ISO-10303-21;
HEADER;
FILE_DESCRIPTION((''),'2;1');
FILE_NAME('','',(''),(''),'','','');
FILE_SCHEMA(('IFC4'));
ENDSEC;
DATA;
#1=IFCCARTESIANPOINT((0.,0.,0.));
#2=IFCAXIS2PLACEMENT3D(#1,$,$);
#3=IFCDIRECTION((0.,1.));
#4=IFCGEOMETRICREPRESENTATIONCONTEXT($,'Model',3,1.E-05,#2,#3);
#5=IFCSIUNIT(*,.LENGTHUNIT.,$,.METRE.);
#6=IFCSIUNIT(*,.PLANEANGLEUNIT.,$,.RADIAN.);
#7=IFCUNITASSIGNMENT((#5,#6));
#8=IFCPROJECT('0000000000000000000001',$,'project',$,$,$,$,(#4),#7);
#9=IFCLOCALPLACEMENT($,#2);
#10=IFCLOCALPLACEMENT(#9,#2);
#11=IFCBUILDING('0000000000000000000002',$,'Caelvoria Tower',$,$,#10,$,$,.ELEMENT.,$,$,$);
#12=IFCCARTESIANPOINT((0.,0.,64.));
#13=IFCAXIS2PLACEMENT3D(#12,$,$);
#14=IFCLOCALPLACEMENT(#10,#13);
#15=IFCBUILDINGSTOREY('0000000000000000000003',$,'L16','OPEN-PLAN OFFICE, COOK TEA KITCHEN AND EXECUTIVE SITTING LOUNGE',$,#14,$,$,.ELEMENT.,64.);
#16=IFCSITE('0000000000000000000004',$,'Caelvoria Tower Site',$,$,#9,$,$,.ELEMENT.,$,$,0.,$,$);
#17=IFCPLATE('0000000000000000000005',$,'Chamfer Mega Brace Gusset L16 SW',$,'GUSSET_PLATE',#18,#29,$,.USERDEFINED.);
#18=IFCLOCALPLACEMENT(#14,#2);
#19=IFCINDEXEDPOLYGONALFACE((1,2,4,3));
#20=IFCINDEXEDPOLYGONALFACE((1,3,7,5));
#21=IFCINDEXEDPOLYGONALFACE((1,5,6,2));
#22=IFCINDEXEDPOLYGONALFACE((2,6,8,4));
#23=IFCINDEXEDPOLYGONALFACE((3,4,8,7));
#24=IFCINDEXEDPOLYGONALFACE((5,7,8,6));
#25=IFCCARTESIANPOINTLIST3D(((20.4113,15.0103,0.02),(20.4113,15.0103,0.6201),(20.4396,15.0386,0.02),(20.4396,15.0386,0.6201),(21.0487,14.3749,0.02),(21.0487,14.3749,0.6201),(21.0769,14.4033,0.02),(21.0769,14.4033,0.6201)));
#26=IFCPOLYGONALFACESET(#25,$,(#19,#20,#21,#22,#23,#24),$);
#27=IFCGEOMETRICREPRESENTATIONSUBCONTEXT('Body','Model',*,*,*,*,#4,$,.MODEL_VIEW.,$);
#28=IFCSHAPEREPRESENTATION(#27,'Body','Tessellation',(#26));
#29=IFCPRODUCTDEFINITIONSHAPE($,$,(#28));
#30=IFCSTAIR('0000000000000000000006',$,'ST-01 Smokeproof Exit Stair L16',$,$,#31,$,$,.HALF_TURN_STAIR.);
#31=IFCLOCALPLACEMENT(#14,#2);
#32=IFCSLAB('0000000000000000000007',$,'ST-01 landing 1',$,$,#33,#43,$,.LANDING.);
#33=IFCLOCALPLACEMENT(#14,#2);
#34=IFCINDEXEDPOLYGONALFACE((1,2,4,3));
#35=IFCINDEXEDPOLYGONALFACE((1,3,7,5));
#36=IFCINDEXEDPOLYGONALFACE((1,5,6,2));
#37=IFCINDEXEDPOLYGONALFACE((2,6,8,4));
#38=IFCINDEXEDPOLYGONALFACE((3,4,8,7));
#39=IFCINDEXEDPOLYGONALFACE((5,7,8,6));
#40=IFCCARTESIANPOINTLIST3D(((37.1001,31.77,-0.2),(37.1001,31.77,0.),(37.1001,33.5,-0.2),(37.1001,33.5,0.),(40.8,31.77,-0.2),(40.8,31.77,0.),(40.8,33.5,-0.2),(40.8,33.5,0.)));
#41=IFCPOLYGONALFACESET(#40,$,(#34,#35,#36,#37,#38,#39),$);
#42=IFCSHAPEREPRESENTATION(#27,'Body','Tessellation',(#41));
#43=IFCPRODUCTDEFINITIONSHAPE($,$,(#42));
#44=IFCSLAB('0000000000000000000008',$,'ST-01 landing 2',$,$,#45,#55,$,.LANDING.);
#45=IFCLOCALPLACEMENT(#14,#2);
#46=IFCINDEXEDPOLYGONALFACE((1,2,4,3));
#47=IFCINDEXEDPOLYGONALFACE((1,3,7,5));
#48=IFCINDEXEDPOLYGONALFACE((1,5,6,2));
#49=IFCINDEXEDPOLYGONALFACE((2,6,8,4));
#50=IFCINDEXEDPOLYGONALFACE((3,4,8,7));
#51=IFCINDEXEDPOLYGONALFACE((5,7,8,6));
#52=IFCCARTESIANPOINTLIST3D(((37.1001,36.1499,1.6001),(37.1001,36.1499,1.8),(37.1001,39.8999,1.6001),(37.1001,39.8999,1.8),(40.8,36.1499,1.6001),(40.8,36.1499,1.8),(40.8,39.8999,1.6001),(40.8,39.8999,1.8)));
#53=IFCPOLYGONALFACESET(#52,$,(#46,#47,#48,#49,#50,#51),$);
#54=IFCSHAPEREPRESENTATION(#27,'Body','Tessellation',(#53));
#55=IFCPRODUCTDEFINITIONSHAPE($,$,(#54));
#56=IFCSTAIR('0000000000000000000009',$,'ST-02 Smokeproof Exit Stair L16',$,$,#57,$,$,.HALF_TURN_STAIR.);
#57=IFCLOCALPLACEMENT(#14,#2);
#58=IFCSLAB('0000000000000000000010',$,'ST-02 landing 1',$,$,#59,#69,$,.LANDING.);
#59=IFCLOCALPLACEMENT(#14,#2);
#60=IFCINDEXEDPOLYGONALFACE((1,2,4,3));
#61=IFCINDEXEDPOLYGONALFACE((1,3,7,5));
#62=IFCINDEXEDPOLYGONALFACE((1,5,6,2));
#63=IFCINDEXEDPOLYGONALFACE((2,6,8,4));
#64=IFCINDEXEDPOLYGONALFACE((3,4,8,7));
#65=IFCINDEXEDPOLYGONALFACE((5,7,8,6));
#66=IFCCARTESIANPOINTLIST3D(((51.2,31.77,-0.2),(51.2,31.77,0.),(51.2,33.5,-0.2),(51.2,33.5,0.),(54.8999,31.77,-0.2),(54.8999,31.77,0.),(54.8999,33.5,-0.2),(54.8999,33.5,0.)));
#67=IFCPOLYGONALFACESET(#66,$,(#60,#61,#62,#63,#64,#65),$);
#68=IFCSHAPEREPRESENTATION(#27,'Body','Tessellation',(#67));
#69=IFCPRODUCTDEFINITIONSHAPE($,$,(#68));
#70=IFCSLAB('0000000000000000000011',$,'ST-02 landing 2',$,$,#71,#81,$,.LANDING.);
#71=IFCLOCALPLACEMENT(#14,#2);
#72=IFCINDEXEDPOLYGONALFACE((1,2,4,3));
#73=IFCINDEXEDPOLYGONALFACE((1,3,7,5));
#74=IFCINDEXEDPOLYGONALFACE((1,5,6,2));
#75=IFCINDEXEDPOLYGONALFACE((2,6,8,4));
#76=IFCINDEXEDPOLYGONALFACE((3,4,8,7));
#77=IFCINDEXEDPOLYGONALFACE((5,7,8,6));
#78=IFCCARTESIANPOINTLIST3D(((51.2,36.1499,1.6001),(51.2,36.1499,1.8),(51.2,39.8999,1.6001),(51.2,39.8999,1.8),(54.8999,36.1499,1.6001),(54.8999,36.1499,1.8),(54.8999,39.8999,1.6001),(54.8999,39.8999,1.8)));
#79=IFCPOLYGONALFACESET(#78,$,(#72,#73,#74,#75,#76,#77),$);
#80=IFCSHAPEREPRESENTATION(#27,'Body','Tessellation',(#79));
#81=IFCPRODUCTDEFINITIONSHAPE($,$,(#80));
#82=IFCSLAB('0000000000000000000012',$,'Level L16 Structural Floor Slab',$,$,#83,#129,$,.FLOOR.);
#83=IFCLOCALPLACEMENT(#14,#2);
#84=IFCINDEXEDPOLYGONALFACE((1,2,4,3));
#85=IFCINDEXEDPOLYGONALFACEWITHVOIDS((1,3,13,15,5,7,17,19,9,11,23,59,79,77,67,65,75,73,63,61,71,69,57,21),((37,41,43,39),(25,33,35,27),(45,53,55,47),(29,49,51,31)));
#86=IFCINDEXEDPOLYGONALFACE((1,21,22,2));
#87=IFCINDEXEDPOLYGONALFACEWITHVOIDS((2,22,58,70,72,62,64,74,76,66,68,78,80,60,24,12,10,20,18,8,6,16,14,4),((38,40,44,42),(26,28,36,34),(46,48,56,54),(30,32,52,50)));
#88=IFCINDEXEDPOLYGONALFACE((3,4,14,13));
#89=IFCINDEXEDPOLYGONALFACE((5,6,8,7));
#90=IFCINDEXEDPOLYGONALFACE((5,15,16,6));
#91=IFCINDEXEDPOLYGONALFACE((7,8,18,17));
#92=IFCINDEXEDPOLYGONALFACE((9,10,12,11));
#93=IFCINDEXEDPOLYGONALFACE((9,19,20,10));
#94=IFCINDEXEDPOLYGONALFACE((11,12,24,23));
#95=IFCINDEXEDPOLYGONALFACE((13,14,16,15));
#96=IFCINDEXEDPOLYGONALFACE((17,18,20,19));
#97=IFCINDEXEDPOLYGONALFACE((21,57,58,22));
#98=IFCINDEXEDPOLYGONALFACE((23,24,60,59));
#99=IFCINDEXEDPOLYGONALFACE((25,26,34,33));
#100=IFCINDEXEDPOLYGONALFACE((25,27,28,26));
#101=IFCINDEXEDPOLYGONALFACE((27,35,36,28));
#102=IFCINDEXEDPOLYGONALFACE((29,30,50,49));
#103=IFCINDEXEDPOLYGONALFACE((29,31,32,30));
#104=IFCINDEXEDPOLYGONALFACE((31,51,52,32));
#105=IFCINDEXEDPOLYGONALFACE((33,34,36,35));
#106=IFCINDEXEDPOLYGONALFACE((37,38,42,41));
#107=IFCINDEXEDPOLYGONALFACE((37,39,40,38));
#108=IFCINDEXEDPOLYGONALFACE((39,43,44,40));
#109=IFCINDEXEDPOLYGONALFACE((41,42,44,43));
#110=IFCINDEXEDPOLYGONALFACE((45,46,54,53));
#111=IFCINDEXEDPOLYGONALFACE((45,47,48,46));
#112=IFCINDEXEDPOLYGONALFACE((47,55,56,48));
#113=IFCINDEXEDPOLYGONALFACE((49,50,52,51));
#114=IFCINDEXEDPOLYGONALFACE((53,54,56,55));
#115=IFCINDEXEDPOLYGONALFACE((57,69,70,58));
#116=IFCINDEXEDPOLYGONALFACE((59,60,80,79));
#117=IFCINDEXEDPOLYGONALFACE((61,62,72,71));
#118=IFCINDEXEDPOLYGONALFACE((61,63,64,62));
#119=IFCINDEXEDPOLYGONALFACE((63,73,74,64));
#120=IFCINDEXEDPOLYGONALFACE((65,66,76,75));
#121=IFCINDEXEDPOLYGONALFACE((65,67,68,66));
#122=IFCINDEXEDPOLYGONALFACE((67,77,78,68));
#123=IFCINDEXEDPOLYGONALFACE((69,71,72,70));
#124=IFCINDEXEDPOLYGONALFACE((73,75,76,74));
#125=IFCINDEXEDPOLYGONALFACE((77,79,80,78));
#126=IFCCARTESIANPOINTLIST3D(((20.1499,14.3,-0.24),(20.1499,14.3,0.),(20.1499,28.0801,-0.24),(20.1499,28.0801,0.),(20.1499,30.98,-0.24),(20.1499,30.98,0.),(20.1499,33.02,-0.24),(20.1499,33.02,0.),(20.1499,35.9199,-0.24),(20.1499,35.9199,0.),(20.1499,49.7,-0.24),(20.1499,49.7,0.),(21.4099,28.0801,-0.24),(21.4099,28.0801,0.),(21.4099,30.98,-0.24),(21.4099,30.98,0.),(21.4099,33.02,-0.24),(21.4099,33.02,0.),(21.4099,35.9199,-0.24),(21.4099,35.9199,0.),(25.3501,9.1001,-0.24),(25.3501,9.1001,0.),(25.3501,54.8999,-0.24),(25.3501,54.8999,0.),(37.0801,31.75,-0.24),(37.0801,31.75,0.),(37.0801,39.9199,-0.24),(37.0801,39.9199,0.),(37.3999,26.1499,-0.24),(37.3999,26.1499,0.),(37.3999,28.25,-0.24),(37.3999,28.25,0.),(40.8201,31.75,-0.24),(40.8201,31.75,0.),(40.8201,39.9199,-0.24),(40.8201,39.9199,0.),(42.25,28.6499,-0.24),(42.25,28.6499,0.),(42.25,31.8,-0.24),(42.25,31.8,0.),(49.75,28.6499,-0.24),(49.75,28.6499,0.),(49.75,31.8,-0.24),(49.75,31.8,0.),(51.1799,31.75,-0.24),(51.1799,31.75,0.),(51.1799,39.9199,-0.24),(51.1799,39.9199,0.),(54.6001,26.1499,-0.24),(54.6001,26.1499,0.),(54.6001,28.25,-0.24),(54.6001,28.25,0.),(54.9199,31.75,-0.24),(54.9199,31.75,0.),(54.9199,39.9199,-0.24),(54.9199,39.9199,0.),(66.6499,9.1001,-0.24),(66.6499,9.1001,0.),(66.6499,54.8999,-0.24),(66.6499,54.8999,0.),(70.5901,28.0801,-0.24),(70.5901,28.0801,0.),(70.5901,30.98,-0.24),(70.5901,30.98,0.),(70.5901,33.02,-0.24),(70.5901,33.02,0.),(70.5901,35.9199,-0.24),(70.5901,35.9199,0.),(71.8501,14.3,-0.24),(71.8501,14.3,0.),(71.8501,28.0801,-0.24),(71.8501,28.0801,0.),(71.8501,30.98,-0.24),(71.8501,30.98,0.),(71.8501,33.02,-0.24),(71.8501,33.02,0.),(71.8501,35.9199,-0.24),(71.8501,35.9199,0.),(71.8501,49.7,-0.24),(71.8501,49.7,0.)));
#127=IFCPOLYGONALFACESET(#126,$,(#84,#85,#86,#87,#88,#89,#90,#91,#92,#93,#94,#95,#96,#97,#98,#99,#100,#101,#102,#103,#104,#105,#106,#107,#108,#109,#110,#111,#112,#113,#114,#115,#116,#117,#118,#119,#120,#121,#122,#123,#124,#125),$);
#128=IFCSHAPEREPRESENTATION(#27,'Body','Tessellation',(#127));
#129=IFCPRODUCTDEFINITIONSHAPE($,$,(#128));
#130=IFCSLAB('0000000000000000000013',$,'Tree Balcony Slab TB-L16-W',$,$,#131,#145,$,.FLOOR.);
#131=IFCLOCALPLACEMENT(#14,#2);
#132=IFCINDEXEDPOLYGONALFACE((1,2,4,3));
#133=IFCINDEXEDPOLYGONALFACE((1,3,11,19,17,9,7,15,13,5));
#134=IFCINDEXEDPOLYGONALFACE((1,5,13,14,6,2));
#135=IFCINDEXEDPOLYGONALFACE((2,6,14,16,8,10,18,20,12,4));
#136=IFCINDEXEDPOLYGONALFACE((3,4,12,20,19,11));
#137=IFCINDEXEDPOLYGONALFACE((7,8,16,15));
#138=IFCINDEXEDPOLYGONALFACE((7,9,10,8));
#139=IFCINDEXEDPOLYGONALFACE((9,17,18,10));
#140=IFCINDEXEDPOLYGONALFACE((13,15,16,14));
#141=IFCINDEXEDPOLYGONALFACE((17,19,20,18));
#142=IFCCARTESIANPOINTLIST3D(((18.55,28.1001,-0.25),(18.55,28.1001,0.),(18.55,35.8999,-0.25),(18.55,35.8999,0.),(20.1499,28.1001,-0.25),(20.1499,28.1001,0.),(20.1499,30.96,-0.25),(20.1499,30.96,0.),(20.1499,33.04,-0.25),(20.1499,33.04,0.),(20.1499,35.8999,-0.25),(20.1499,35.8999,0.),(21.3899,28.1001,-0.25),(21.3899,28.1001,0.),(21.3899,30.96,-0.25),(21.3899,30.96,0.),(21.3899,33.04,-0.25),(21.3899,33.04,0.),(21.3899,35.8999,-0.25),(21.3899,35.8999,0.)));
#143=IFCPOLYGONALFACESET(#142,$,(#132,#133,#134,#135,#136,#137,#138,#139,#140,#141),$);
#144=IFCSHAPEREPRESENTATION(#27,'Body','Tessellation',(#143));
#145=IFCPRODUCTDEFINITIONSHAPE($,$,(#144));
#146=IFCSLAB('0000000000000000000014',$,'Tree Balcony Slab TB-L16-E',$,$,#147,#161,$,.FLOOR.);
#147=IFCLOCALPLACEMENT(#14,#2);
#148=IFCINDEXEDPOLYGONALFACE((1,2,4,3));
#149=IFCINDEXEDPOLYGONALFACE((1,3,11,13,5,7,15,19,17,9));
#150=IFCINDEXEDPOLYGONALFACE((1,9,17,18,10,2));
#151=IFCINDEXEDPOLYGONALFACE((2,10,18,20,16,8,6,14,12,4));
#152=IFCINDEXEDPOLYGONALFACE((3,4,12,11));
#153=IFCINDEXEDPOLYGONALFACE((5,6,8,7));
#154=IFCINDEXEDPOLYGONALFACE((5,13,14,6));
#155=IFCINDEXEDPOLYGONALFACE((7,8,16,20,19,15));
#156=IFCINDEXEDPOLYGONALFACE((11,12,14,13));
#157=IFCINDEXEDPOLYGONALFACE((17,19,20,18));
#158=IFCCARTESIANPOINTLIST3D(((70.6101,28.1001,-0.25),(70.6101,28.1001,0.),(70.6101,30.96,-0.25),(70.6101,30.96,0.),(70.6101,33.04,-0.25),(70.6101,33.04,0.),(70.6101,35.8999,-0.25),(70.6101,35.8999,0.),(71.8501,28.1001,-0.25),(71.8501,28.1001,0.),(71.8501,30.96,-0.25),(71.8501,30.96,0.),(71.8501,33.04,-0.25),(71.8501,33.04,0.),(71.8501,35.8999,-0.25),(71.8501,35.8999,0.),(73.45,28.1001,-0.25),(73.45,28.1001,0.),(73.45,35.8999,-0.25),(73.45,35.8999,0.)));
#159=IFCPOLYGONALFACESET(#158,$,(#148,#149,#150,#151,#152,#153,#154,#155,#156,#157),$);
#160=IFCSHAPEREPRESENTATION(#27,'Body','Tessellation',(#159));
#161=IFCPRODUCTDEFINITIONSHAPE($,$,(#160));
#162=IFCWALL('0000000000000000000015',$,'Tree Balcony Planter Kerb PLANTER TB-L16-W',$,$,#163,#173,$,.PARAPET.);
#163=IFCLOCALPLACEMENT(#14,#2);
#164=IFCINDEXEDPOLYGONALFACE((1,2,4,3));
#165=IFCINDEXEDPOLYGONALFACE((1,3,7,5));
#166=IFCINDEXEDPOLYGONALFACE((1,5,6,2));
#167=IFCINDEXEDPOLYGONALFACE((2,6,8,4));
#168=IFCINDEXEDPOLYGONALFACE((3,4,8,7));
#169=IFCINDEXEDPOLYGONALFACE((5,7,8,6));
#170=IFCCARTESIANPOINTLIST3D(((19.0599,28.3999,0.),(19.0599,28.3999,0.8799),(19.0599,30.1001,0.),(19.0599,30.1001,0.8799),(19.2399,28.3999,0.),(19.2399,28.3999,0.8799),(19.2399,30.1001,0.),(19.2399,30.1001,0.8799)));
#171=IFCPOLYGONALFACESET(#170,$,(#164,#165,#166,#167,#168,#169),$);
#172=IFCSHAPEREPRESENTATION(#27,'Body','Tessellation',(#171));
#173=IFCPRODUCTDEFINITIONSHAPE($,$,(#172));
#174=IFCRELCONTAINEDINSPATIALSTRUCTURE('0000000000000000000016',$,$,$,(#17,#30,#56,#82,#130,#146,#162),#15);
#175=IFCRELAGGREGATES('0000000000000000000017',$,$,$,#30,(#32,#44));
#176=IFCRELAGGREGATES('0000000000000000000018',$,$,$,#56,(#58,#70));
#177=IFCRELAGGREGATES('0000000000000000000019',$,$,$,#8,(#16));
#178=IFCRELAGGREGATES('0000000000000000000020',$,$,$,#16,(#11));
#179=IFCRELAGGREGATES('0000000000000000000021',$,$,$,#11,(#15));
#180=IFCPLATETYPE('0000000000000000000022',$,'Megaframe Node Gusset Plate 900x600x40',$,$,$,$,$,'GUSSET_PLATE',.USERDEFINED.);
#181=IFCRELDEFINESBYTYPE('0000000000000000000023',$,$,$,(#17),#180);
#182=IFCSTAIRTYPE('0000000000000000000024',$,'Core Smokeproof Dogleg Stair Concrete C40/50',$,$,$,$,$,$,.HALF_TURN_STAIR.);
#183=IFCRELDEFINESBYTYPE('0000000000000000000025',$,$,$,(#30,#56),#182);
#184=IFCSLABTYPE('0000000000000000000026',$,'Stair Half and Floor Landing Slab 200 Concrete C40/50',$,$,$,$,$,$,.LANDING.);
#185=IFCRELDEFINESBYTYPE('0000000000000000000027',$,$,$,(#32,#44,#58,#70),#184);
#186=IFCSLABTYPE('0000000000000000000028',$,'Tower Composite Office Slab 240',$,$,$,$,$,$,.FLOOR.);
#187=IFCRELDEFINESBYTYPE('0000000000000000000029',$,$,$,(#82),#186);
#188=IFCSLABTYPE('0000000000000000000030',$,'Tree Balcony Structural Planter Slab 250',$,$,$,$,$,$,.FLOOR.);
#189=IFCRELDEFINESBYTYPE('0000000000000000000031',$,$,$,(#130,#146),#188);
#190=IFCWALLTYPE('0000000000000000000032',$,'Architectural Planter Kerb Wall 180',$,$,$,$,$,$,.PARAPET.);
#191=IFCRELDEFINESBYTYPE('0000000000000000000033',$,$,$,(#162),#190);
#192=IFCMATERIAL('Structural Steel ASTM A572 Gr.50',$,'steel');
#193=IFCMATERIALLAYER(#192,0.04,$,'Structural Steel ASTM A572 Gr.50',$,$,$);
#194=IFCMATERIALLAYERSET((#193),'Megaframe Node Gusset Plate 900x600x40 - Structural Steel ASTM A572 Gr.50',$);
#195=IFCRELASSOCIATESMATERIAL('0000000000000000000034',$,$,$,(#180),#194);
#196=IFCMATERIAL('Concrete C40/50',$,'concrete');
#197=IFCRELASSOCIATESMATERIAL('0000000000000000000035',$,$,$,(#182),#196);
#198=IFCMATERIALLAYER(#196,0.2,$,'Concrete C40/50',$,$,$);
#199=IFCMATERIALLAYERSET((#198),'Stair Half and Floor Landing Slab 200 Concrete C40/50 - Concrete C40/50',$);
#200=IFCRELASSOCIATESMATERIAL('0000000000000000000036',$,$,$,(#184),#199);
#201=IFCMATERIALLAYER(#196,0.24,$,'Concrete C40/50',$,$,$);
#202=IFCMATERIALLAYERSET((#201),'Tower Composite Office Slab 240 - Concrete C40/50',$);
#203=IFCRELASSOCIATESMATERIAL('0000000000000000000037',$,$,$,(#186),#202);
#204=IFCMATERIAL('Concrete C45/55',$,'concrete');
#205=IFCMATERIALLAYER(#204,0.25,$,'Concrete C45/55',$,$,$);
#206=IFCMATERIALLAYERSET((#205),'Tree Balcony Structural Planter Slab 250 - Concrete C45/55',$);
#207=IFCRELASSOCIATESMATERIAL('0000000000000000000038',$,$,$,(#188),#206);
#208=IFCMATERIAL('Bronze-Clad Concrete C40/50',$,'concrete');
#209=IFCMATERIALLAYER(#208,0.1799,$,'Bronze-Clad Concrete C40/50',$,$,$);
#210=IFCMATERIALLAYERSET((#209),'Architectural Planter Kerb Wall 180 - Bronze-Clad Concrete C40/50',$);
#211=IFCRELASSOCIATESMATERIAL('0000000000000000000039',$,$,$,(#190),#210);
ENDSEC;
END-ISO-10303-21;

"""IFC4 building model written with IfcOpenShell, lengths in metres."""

from ifc_helpers import new_model, si_unit, direction, frame, frame_2d, origin, origin_2d, place, context, subcontext, project, spatial, polyline, rectangle, outline, extrude, material, layer, layer_set, type_object, element, aggregate, save


model = new_model("IFC4")

# Units and contexts
model_context = context("Model", 3, precision=1e-05, world=origin(), true_north=direction((0.0, 1.0)))
body_context = subcontext(model_context, "Body", "Model", "MODEL_VIEW")
ifc_project = project(units=[si_unit("LENGTHUNIT", "METRE"), si_unit("PLANEANGLEUNIT", "RADIAN")], contexts=[model_context])

# Site, building, storey
site_placement = place(None, origin())
site = spatial("IfcSite", under=ifc_project, at=site_placement, Name="Caelvoria Tower Site", CompositionType="ELEMENT", RefElevation=0.0)
building_placement = place(site_placement, origin())
building = spatial("IfcBuilding", under=site, at=building_placement, Name="Caelvoria Tower", CompositionType="ELEMENT")
storey_placement = place(building_placement, frame((0.0, 0.0, 64.0)))
storey = spatial("IfcBuildingStorey", under=building, at=storey_placement, Name="L16", Description="OPEN-PLAN OFFICE, COOK TEA KITCHEN AND EXECUTIVE SITTING LOUNGE", CompositionType="ELEMENT", Elevation=64.0)

# Shared definitions
ifc_material_1 = material(Name="Structural Steel ASTM A572 Gr.50", Category="steel")

# Plate
ifc_layer_1 = layer(ifc_material_1, 0.04, Name="Structural Steel ASTM A572 Gr.50")
ifc_layer_set_1 = layer_set([ifc_layer_1], Name="Megaframe Node Gusset Plate 900x600x40 - Structural Steel ASTM A572 Gr.50")
plate_type = type_object("IfcPlateType", Name="Megaframe Node Gusset Plate 900x600x40", ElementType="GUSSET_PLATE", PredefinedType="USERDEFINED", material=ifc_layer_set_1)
plate_placement = place(storey_placement, frame((20.7441, 14.7068, 0.02), z_axis=(0.0, 0.0, 1.0), x_axis=(0.708219, -0.705993, 0.0)))
element("IfcPlate", 1, at=plate_placement, inside=storey, type_object=plate_type, Name="Chamfer Mega Brace Gusset L16 SW", ObjectType="GUSSET_PLATE", PredefinedType="USERDEFINED", context=body_context, shape_type="SweptSolid", body=[
    extrude(rectangle(XDim=0.8999, YDim=0.04, at=origin_2d()), origin(), (0.0, 0.0, 1.0), 0.6001),
])

# Stairs, slabs
ifc_material_2 = material(Name="Concrete C40/50", Category="concrete")
stair_type = type_object("IfcStairType", Name="Core Smokeproof Dogleg Stair Concrete C40/50", PredefinedType="HALF_TURN_STAIR", material=ifc_material_2)
stair_1_placement = place(storey_placement, origin())
stair_1 = element("IfcStair", 2, at=stair_1_placement, inside=storey, type_object=stair_type, Name="ST-01 Smokeproof Exit Stair L16", PredefinedType="HALF_TURN_STAIR")
ifc_layer_2 = layer(ifc_material_2, 0.2, Name="Concrete C40/50")
ifc_layer_set_2 = layer_set([ifc_layer_2], Name="Stair Half and Floor Landing Slab 200 Concrete C40/50 - Concrete C40/50")
slab_type_1 = type_object("IfcSlabType", Name="Stair Half and Floor Landing Slab 200 Concrete C40/50", PredefinedType="LANDING", material=ifc_layer_set_2)
slab_1_placement = place(storey_placement, frame((0.0, 0.0, -0.2)))
slab_1 = element("IfcSlab", 3, at=slab_1_placement, type_object=slab_type_1, Name="ST-01 landing 1", PredefinedType="LANDING", context=body_context, shape_type="SweptSolid", body=[
    extrude(outline(polyline([(37.1001, 31.77), (40.8, 31.77), (40.8, 33.5), (37.1001, 33.5), (37.1001, 31.77)])), origin(), (0.0, 0.0, 1.0), 0.2),
])
slab_2_placement = place(storey_placement, frame((0.0, 0.0, 1.6001)))
slab_2 = element("IfcSlab", 4, at=slab_2_placement, type_object=slab_type_1, Name="ST-01 landing 2", PredefinedType="LANDING", context=body_context, shape_type="SweptSolid", body=[
    extrude(outline(polyline([(37.1001, 36.1499), (40.8, 36.1499), (40.8, 39.8999), (37.1001, 39.8999), (37.1001, 36.1499)])), origin(), (0.0, 0.0, 1.0), 0.2),
])
aggregate(stair_1, [slab_1, slab_2])
stair_2_placement = place(storey_placement, origin())
stair_2 = element("IfcStair", 5, at=stair_2_placement, inside=storey, type_object=stair_type, Name="ST-02 Smokeproof Exit Stair L16", PredefinedType="HALF_TURN_STAIR")
slab_3_placement = place(storey_placement, frame((0.0, 0.0, -0.2)))
slab_3 = element("IfcSlab", 6, at=slab_3_placement, type_object=slab_type_1, Name="ST-02 landing 1", PredefinedType="LANDING", context=body_context, shape_type="SweptSolid", body=[
    extrude(outline(polyline([(51.2, 31.77), (54.8999, 31.77), (54.8999, 33.5), (51.2, 33.5), (51.2, 31.77)])), origin(), (0.0, 0.0, 1.0), 0.2),
])
slab_4_placement = place(storey_placement, frame((0.0, 0.0, 1.6001)))
slab_4 = element("IfcSlab", 7, at=slab_4_placement, type_object=slab_type_1, Name="ST-02 landing 2", PredefinedType="LANDING", context=body_context, shape_type="SweptSolid", body=[
    extrude(outline(polyline([(51.2, 36.1499), (54.8999, 36.1499), (54.8999, 39.8999), (51.2, 39.8999), (51.2, 36.1499)])), origin(), (0.0, 0.0, 1.0), 0.2),
])
aggregate(stair_2, [slab_3, slab_4])

# Slabs
ifc_layer_3 = layer(ifc_material_2, 0.24, Name="Concrete C40/50")
ifc_layer_set_3 = layer_set([ifc_layer_3], Name="Tower Composite Office Slab 240 - Concrete C40/50")
slab_type_2 = type_object("IfcSlabType", Name="Tower Composite Office Slab 240", PredefinedType="FLOOR", material=ifc_layer_set_3)
slab_5_placement = place(storey_placement, frame((0.0, 0.0, -0.24)))
element("IfcSlab", 8, at=slab_5_placement, inside=storey, type_object=slab_type_2, Name="Level L16 Structural Floor Slab", PredefinedType="FLOOR", context=body_context, shape_type="SweptSolid", body=[
    extrude(outline(polyline([(66.6499, 54.8999), (25.3501, 54.8999), (20.1499, 49.7), (20.1499, 35.9199), (21.4099, 35.9199), (21.4099, 33.02), (20.1499, 33.02), (20.1499, 30.98), (21.4099, 30.98), (21.4099, 28.0801), (20.1499, 28.0801), (20.1499, 14.3), (25.3501, 9.1001), (66.6499, 9.1001), (71.8501, 14.3), (71.8501, 28.0801), (70.5901, 28.0801), (70.5901, 30.98), (71.8501, 30.98), (71.8501, 33.02), (70.5901, 33.02), (70.5901, 35.9199), (71.8501, 35.9199), (71.8501, 49.7), (66.6499, 54.8999)]), holes=[polyline([(37.0801, 31.75), (40.8201, 31.75), (40.8201, 39.9199), (37.0801, 39.9199), (37.0801, 31.75)]), polyline([(51.1799, 31.75), (54.9199, 31.75), (54.9199, 39.9199), (51.1799, 39.9199), (51.1799, 31.75)]), polyline([(42.25, 28.6499), (49.75, 28.6499), (49.75, 31.8), (42.25, 31.8), (42.25, 28.6499)]), polyline([(37.3999, 26.1499), (54.6001, 26.1499), (54.6001, 28.25), (37.3999, 28.25), (37.3999, 26.1499)])]), origin(), (0.0, 0.0, 1.0), 0.24),
])
ifc_material_3 = material(Name="Concrete C45/55", Category="concrete")
ifc_layer_4 = layer(ifc_material_3, 0.25, Name="Concrete C45/55")
ifc_layer_set_4 = layer_set([ifc_layer_4], Name="Tree Balcony Structural Planter Slab 250 - Concrete C45/55")
slab_type_3 = type_object("IfcSlabType", Name="Tree Balcony Structural Planter Slab 250", PredefinedType="FLOOR", material=ifc_layer_set_4)
slab_6_placement = place(storey_placement, frame((0.0, 0.0, -0.25)))
element("IfcSlab", 9, at=slab_6_placement, inside=storey, type_object=slab_type_3, Name="Tree Balcony Slab TB-L16-W", PredefinedType="FLOOR", context=body_context, shape_type="SweptSolid", body=[
    extrude(outline(polyline([(18.55, 28.1001), (20.1499, 28.1001), (21.3899, 28.1001), (21.3899, 30.96), (20.1499, 30.96), (20.1499, 33.04), (21.3899, 33.04), (21.3899, 35.8999), (20.1499, 35.8999), (18.55, 35.8999), (18.55, 28.1001)])), origin(), (0.0, 0.0, 1.0), 0.25),
])
slab_7_placement = place(storey_placement, frame((0.0, 0.0, -0.25)))
element("IfcSlab", 10, at=slab_7_placement, inside=storey, type_object=slab_type_3, Name="Tree Balcony Slab TB-L16-E", PredefinedType="FLOOR", context=body_context, shape_type="SweptSolid", body=[
    extrude(outline(polyline([(71.8501, 35.8999), (70.6101, 35.8999), (70.6101, 33.04), (71.8501, 33.04), (71.8501, 30.96), (70.6101, 30.96), (70.6101, 28.1001), (71.8501, 28.1001), (73.45, 28.1001), (73.45, 35.8999), (71.8501, 35.8999)])), origin(), (0.0, 0.0, 1.0), 0.25),
])

# Wall
ifc_material_4 = material(Name="Bronze-Clad Concrete C40/50", Category="concrete")
ifc_layer_5 = layer(ifc_material_4, 0.1799, Name="Bronze-Clad Concrete C40/50")
ifc_layer_set_5 = layer_set([ifc_layer_5], Name="Architectural Planter Kerb Wall 180 - Bronze-Clad Concrete C40/50")
wall_type_1 = type_object("IfcWallType", Name="Architectural Planter Kerb Wall 180", PredefinedType="PARAPET", material=ifc_layer_set_5)
wall_1_placement = place(storey_placement, frame((19.1499, 28.3999, 0.0), z_axis=(0.0, 0.0, 1.0), x_axis=(0.0, 1.0, 0.0)))
element("IfcWall", 11, at=wall_1_placement, inside=storey, type_object=wall_type_1, Name="Tree Balcony Planter Kerb PLANTER TB-L16-W", PredefinedType="PARAPET", context=body_context, shape_type="SweptSolid", body=[
    extrude(rectangle(XDim=1.7002, YDim=0.1799, at=frame_2d((0.8501, 0.0))), origin(), (0.0, 0.0, 1.0), 0.8799),
])

save(model, "model.ifc")
